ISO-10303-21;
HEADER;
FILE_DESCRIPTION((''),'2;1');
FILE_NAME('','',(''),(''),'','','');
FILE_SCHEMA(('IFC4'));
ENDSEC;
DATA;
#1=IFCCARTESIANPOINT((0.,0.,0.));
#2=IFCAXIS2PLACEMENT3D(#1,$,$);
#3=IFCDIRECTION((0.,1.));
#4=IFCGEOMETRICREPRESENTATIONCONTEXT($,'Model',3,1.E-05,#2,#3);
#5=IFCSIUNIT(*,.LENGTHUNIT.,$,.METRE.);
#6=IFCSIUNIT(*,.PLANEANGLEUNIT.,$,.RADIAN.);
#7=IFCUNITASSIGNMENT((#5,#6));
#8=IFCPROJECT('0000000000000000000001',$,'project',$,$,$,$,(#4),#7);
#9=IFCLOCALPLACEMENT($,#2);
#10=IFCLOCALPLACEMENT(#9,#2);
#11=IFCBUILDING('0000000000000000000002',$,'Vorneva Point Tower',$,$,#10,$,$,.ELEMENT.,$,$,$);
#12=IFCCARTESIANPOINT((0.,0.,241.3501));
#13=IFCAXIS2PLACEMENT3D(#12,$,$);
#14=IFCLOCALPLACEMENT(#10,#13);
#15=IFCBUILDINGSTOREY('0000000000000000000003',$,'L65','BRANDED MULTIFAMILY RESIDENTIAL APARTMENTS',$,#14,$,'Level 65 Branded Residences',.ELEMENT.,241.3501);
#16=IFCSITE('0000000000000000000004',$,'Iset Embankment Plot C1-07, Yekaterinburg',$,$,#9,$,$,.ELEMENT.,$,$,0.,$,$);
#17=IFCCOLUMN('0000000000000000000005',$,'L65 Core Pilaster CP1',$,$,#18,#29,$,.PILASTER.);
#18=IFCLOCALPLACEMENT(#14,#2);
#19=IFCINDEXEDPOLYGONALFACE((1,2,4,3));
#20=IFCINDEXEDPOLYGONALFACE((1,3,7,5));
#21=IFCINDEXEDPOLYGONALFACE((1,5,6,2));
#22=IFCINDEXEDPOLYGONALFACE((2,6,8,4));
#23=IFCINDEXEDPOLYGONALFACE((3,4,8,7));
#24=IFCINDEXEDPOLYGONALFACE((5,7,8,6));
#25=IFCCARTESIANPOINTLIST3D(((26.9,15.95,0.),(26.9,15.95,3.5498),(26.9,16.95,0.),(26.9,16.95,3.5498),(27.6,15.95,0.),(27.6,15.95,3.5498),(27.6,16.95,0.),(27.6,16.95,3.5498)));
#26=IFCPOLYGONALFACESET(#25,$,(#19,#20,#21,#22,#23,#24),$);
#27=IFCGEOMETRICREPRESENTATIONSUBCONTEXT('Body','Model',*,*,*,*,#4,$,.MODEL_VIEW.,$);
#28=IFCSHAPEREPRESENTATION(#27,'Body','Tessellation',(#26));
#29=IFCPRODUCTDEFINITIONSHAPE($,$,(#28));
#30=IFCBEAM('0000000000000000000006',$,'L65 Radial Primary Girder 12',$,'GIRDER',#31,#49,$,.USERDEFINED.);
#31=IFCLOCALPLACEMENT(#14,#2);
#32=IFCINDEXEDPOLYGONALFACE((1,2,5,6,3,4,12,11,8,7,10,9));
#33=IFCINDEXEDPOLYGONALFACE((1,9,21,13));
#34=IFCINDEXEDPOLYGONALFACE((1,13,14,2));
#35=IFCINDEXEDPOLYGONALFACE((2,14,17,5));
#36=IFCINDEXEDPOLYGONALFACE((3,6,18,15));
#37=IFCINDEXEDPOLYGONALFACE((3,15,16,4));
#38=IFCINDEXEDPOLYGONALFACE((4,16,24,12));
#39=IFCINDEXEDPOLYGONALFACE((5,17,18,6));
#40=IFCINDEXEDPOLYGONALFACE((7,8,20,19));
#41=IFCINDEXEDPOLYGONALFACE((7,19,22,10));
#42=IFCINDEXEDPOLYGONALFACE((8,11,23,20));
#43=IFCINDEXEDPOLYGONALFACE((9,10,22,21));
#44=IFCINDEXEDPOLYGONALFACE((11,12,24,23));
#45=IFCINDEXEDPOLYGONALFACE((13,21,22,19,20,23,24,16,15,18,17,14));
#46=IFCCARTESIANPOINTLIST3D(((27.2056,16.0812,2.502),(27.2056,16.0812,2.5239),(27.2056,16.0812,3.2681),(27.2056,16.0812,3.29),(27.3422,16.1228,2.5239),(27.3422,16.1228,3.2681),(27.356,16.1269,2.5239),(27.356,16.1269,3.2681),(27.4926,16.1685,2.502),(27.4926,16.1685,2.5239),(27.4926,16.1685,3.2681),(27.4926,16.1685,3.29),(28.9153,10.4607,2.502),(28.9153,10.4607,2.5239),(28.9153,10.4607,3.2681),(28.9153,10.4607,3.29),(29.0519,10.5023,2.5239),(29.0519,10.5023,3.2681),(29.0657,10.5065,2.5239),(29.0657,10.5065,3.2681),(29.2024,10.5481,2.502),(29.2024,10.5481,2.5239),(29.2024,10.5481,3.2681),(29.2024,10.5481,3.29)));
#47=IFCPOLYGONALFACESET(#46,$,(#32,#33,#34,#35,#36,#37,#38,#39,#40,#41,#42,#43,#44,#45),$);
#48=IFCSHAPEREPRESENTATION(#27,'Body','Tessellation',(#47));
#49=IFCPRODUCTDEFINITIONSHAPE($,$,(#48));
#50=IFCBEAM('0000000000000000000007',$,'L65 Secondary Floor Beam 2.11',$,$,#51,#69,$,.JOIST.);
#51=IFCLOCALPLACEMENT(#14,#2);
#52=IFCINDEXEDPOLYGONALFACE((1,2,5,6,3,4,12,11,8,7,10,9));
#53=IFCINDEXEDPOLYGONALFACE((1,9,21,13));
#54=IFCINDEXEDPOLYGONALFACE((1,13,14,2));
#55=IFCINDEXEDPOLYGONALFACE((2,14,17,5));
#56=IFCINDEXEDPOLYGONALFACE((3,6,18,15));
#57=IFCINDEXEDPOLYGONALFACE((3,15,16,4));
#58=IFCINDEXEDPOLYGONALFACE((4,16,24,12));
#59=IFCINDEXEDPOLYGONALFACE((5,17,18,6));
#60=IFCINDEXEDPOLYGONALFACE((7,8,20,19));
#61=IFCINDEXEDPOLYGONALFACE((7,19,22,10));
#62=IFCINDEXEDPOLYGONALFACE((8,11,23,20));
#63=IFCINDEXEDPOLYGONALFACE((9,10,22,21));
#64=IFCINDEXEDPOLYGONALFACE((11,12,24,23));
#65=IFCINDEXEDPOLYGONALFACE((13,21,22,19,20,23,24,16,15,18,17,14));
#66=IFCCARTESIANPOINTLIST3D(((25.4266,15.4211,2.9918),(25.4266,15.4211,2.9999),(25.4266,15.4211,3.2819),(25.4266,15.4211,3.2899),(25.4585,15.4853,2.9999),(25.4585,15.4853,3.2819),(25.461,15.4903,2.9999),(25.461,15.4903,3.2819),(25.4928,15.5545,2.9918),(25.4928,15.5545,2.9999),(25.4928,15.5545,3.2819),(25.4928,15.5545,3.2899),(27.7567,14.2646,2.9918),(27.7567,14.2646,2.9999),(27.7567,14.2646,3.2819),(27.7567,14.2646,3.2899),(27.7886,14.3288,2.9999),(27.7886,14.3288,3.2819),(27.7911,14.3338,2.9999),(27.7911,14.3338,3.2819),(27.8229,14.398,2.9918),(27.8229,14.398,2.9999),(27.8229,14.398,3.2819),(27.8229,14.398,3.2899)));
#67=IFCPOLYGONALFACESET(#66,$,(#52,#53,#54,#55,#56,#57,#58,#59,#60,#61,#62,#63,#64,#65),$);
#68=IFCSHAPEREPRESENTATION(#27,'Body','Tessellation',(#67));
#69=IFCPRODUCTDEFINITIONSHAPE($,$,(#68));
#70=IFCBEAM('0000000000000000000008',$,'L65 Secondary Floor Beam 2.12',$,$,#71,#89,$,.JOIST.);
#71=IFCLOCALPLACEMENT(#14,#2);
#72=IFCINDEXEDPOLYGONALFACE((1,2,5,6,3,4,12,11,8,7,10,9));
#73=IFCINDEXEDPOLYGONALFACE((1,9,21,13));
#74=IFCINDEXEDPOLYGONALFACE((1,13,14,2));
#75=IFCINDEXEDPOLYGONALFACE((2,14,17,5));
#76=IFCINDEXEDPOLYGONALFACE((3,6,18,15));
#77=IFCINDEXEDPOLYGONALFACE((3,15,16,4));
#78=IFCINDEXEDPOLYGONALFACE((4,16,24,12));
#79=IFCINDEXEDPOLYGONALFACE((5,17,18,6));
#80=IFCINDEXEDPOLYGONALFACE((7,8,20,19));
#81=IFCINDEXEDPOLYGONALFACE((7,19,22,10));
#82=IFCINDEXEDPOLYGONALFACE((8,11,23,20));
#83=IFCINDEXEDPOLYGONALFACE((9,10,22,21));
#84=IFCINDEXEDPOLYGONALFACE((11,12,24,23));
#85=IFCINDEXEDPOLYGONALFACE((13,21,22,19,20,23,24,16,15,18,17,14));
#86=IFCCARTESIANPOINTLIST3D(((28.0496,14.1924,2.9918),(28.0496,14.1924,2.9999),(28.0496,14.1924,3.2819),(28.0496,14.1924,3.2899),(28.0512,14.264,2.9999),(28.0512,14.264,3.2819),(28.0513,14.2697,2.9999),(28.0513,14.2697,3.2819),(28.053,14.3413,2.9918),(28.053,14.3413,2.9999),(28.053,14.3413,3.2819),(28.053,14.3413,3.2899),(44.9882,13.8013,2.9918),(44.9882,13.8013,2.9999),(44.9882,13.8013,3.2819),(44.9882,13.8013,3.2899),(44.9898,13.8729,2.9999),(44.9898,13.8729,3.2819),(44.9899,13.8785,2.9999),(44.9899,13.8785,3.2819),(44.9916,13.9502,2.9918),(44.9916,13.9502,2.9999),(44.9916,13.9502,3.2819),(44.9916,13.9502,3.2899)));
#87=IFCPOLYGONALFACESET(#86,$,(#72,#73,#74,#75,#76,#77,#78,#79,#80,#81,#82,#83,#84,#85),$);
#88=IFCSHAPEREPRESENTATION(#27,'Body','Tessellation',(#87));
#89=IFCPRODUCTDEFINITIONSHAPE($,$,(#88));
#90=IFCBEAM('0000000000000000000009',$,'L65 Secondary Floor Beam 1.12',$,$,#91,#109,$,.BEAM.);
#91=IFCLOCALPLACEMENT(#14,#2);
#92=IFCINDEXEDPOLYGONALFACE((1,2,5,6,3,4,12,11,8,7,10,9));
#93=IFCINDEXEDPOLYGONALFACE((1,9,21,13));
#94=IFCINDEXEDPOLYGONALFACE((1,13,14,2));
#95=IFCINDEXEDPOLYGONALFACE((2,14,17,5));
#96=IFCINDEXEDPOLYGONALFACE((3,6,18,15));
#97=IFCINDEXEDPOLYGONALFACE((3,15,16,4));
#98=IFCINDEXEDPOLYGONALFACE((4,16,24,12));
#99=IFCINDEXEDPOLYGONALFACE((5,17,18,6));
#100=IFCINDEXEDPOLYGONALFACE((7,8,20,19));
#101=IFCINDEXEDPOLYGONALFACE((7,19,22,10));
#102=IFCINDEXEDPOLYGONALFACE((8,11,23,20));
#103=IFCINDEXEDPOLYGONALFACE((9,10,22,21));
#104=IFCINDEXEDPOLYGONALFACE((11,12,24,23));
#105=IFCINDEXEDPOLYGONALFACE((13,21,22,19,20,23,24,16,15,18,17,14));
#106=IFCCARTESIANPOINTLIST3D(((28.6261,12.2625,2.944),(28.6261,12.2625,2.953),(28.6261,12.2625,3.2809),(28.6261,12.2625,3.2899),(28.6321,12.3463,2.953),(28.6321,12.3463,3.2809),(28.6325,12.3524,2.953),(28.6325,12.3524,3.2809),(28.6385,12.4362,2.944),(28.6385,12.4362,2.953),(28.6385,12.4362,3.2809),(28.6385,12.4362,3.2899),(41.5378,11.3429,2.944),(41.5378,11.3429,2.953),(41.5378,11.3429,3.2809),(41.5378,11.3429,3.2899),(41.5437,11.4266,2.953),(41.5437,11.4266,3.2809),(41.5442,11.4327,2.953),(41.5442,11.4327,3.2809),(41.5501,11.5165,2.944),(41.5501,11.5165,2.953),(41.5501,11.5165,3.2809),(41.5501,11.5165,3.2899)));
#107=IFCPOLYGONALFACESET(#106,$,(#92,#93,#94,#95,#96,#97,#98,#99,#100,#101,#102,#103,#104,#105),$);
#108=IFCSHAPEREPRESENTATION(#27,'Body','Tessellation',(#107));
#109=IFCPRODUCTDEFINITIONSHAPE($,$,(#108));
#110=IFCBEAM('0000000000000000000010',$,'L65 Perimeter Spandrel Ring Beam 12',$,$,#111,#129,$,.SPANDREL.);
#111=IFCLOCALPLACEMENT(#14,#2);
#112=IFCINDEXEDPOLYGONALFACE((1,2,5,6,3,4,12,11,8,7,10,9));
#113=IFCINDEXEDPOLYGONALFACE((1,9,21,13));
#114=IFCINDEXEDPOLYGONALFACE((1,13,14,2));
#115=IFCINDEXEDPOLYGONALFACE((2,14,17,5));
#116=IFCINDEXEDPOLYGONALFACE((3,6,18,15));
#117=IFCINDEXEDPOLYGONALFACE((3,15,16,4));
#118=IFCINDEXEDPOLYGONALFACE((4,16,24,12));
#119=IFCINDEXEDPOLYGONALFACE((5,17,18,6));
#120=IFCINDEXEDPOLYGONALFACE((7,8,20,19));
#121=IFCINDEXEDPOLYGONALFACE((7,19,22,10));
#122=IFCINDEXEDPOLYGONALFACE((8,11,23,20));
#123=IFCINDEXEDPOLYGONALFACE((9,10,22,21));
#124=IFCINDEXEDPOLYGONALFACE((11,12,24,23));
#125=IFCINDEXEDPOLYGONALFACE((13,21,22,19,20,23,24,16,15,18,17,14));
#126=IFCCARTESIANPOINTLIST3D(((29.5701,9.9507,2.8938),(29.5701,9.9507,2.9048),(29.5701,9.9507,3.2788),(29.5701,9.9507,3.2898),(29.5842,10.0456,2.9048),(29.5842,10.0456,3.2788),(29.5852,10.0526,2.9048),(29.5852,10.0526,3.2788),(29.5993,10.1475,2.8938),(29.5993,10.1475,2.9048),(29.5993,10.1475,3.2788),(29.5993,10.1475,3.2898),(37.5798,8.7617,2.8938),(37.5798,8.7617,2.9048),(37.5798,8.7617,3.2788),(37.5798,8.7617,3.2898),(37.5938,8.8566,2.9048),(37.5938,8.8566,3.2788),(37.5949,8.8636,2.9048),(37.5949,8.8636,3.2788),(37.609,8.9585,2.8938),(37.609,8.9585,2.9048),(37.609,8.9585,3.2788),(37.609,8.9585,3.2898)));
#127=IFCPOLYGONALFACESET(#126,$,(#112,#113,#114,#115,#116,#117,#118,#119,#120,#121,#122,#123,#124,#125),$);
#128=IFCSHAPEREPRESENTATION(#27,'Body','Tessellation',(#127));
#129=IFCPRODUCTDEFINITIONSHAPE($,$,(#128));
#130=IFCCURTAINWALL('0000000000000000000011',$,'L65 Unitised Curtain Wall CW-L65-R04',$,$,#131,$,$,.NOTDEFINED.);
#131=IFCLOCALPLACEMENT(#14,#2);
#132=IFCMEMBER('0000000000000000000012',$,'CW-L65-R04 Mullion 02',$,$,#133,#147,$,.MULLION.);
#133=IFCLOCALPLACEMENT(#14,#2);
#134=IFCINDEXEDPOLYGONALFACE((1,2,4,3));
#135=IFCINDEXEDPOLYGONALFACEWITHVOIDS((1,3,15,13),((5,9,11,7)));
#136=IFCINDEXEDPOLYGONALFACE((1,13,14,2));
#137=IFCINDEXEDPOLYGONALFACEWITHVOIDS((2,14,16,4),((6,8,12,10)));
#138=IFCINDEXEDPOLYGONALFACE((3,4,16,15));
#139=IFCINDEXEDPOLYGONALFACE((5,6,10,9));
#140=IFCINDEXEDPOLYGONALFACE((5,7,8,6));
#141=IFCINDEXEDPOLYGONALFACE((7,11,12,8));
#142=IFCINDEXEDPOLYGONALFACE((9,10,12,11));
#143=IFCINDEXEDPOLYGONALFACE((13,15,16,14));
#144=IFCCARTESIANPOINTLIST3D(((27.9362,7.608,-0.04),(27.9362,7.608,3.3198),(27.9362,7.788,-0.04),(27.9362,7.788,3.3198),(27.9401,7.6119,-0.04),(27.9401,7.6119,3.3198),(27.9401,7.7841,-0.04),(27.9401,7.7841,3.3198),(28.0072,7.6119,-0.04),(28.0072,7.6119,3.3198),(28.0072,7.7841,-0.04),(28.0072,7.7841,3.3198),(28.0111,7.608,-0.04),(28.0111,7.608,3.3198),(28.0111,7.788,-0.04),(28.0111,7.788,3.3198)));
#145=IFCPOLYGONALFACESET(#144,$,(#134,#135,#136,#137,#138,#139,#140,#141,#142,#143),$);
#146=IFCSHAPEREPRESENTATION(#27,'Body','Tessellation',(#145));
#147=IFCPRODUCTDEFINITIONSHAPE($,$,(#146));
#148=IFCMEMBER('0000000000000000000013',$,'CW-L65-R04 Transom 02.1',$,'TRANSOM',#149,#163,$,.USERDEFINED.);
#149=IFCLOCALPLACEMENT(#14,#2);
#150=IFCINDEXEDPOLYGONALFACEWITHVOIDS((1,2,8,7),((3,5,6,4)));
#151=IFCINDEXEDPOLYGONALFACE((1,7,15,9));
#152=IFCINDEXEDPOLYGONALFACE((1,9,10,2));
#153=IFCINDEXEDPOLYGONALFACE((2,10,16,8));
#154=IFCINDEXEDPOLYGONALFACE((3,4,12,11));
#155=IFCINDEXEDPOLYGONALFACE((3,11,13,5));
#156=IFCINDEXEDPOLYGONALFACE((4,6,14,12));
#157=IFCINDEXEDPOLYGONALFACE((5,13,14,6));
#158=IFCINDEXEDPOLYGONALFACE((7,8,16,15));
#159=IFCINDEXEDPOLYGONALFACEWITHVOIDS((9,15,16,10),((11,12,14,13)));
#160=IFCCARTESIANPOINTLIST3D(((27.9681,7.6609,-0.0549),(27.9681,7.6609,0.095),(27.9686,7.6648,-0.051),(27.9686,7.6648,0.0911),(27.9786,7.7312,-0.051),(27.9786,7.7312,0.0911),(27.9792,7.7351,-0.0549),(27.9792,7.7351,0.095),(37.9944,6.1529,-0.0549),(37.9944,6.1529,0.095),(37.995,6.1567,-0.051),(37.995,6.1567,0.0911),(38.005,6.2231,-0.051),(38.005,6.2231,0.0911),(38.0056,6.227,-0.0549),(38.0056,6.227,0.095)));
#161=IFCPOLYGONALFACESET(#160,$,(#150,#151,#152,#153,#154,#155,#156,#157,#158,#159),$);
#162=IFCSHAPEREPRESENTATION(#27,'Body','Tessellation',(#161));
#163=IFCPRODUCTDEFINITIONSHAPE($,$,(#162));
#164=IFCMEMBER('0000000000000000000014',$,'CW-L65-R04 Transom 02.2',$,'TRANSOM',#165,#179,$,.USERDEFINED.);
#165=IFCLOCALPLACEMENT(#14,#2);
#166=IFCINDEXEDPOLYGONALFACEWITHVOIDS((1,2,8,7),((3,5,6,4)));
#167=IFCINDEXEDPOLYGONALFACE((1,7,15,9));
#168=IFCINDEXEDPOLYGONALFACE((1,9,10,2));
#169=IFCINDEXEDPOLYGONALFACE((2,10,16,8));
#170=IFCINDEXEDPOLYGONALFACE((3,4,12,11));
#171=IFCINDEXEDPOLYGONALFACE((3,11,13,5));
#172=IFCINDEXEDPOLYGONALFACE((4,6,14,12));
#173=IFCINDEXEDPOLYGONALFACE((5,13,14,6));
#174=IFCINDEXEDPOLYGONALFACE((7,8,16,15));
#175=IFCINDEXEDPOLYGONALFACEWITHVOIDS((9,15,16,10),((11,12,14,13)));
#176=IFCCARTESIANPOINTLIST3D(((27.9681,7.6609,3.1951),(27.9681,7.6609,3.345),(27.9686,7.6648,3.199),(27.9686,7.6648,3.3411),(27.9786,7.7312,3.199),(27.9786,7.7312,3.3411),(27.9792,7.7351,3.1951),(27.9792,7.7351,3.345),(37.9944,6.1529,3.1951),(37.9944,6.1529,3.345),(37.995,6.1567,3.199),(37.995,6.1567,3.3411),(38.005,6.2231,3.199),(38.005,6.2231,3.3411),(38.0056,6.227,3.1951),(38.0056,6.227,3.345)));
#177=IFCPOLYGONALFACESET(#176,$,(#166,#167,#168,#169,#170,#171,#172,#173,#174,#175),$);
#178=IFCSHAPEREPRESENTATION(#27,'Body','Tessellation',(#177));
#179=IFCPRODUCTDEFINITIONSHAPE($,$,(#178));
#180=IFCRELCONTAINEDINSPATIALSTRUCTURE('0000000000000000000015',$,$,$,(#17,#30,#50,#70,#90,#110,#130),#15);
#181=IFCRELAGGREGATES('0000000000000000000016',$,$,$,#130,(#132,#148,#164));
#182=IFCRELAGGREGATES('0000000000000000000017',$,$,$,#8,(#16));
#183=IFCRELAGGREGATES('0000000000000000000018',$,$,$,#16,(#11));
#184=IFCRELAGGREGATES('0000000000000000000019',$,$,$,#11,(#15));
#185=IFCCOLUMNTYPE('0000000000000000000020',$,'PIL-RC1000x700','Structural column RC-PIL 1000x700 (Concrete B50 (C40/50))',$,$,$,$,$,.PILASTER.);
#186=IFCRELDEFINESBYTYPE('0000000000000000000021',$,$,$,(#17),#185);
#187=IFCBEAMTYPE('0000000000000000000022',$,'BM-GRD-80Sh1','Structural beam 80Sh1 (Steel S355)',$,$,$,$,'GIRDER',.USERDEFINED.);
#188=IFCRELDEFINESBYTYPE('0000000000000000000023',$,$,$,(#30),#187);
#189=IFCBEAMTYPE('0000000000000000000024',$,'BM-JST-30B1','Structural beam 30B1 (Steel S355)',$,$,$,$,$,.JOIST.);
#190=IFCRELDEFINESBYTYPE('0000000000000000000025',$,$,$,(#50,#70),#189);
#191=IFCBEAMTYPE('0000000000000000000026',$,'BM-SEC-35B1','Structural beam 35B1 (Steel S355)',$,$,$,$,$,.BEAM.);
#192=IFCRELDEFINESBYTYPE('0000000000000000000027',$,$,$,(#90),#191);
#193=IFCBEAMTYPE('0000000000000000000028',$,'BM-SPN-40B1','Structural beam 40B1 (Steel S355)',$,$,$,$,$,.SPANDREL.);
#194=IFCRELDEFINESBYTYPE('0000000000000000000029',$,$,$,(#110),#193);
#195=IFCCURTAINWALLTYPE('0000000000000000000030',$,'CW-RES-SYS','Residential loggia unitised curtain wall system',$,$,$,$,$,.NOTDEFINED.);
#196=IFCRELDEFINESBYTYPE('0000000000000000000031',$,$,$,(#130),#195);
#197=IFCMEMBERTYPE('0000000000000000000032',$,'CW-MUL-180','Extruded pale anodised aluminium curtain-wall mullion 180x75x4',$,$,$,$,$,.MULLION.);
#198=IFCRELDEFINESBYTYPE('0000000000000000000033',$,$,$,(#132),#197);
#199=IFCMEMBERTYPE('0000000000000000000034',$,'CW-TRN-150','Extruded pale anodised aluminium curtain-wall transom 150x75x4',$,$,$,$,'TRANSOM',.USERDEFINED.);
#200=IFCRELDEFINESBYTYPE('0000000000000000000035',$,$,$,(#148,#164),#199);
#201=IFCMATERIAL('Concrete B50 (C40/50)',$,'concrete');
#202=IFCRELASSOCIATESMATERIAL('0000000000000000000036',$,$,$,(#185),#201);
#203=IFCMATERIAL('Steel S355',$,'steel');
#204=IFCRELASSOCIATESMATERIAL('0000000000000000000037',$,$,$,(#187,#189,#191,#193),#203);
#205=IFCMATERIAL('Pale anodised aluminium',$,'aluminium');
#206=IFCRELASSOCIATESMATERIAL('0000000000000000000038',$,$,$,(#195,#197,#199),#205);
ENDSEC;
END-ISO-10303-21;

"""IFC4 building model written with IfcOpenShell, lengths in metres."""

from ifc_helpers import new_model, si_unit, direction, frame, origin, origin_2d, place, context, subcontext, project, spatial, rectangle, hollow_rectangle, i_section, extrude, material, material_profile, profile_set, type_object, element, aggregate, save


model = new_model("IFC4")

# Units and contexts
model_context = context("Model", 3, precision=1e-05, world=origin(), true_north=direction((0.0, 1.0)))
body_context = subcontext(model_context, "Body", "Model", "MODEL_VIEW")
ifc_project = project(units=[si_unit("LENGTHUNIT", "METRE"), si_unit("PLANEANGLEUNIT", "RADIAN")], contexts=[model_context])

# Site, building, storey
site_placement = place(None, origin())
site = spatial("IfcSite", under=ifc_project, at=site_placement, Name="Iset Embankment Plot C1-07, Yekaterinburg", CompositionType="ELEMENT", RefElevation=0.0)
building_placement = place(site_placement, origin())
building = spatial("IfcBuilding", under=site, at=building_placement, Name="Vorneva Point Tower", CompositionType="ELEMENT")
storey_placement = place(building_placement, frame((0.0, 0.0, 241.3501)))
storey = spatial("IfcBuildingStorey", under=building, at=storey_placement, Name="L65", Description="BRANDED MULTIFAMILY RESIDENTIAL APARTMENTS", LongName="Level 65 Branded Residences", CompositionType="ELEMENT", Elevation=241.3501)

# Column
ifc_material_1 = material(Name="Concrete B50 (C40/50)", Category="concrete")
ifc_material_profile_1 = material_profile(ifc_material_1, rectangle(XDim=0.7, YDim=1.0, at=origin_2d()), Name="RC-PIL 1000x700")
ifc_profile_set_1 = profile_set([ifc_material_profile_1], Name="Concrete B50 (C40/50)")
column_type_1 = type_object("IfcColumnType", Name="PIL-RC1000x700", Description="Structural column RC-PIL 1000x700 (Concrete B50 (C40/50))", PredefinedType="PILASTER", material=ifc_profile_set_1)
column_1_placement = place(storey_placement, frame((27.25, 16.45, 0.0), z_axis=(0.0, 0.0, 1.0), x_axis=(1.0, 0.0, 0.0)))
element("IfcColumn", 1, at=column_1_placement, inside=storey, type_object=column_type_1, Name="L65 Core Pilaster CP1", PredefinedType="PILASTER", context=body_context, shape_type="SweptSolid", body=[
    extrude(rectangle(XDim=0.7, YDim=1.0, at=origin_2d()), origin(), (0.0, 0.0, 1.0), 3.5498),
])

# Beams
ifc_material_2 = material(Name="Steel S355", Category="steel")
ifc_material_profile_2 = material_profile(ifc_material_2, i_section(OverallWidth=0.3, OverallDepth=0.7881, WebThickness=0.0144, FlangeThickness=0.022, at=origin_2d()), Name="80Sh1")
ifc_profile_set_2 = profile_set([ifc_material_profile_2], Name="Steel S355")
beam_type_1 = type_object("IfcBeamType", Name="BM-GRD-80Sh1", Description="Structural beam 80Sh1 (Steel S355)", ElementType="GIRDER", PredefinedType="USERDEFINED", material=ifc_profile_set_2)
beam_1_placement = place(storey_placement, frame((29.0588, 10.5044, 2.896), z_axis=(-0.291033, 0.956713, 0.0), x_axis=(-0.956713, -0.291033, 0.0)))
element("IfcBeam", 2, at=beam_1_placement, inside=storey, type_object=beam_type_1, Name="L65 Radial Primary Girder 12", ObjectType="GIRDER", PredefinedType="USERDEFINED", context=body_context, shape_type="SweptSolid", body=[
    extrude(i_section(OverallWidth=0.3, OverallDepth=0.7881, WebThickness=0.0144, FlangeThickness=0.022, at=origin_2d()), origin(), (0.0, 0.0, 1.0), 5.8748),
])
ifc_material_profile_3 = material_profile(ifc_material_2, i_section(OverallWidth=0.1489, OverallDepth=0.2981, WebThickness=0.0056, FlangeThickness=0.0081, at=origin_2d()), Name="30B1")
ifc_profile_set_3 = profile_set([ifc_material_profile_3], Name="Steel S355")
beam_type_2 = type_object("IfcBeamType", Name="BM-JST-30B1", Description="Structural beam 30B1 (Steel S355)", PredefinedType="JOIST", material=ifc_profile_set_3)
beam_2_placement = place(storey_placement, frame((25.4597, 15.4878, 3.1409), z_axis=(0.895737, -0.444584, 0.0), x_axis=(0.444584, 0.895737, 0.0)))
element("IfcBeam", 3, at=beam_2_placement, inside=storey, type_object=beam_type_2, Name="L65 Secondary Floor Beam 2.11", PredefinedType="JOIST", context=body_context, shape_type="SweptSolid", body=[
    extrude(i_section(OverallWidth=0.1489, OverallDepth=0.2981, WebThickness=0.0056, FlangeThickness=0.0081, at=origin_2d()), origin(), (0.0, 0.0, 1.0), 2.6013),
])
beam_3_placement = place(storey_placement, frame((28.0513, 14.2668, 3.1409), z_axis=(0.999734, -0.023084, 0.0), x_axis=(0.023084, 0.999734, 0.0)))
element("IfcBeam", 4, at=beam_3_placement, inside=storey, type_object=beam_type_2, Name="L65 Secondary Floor Beam 2.12", PredefinedType="JOIST", context=body_context, shape_type="SweptSolid", body=[
    extrude(i_section(OverallWidth=0.1489, OverallDepth=0.2981, WebThickness=0.0056, FlangeThickness=0.0081, at=origin_2d()), origin(), (0.0, 0.0, 1.0), 16.9431),
])
ifc_material_profile_4 = material_profile(ifc_material_2, i_section(OverallWidth=0.1741, OverallDepth=0.3459, WebThickness=0.0061, FlangeThickness=0.009, at=origin_2d()), Name="35B1")
ifc_profile_set_4 = profile_set([ifc_material_profile_4], Name="Steel S355")
beam_type_3 = type_object("IfcBeamType", Name="BM-SEC-35B1", Description="Structural beam 35B1 (Steel S355)", PredefinedType="BEAM", material=ifc_profile_set_4)
beam_4_placement = place(storey_placement, frame((28.6323, 12.3494, 3.1169), z_axis=(0.997473, -0.071049, 0.0), x_axis=(0.071049, 0.997473, 0.0)))
element("IfcBeam", 5, at=beam_4_placement, inside=storey, type_object=beam_type_3, Name="L65 Secondary Floor Beam 1.12", PredefinedType="BEAM", context=body_context, shape_type="SweptSolid", body=[
    extrude(i_section(OverallWidth=0.1741, OverallDepth=0.3459, WebThickness=0.0061, FlangeThickness=0.009, at=origin_2d()), origin(), (0.0, 0.0, 1.0), 12.9443),
])
ifc_material_profile_5 = material_profile(ifc_material_2, i_section(OverallWidth=0.199, OverallDepth=0.396, WebThickness=0.0071, FlangeThickness=0.011, at=origin_2d()), Name="40B1")
ifc_profile_set_5 = profile_set([ifc_material_profile_5], Name="Steel S355")
beam_type_4 = type_object("IfcBeamType", Name="BM-SPN-40B1", Description="Structural beam 40B1 (Steel S355)", PredefinedType="SPANDREL", material=ifc_profile_set_5)
beam_5_placement = place(storey_placement, frame((29.5847, 10.0491, 3.0918), z_axis=(0.989162, -0.146831, 0.0), x_axis=(0.146831, 0.989162, 0.0)))
element("IfcBeam", 6, at=beam_5_placement, inside=storey, type_object=beam_type_4, Name="L65 Perimeter Spandrel Ring Beam 12", PredefinedType="SPANDREL", context=body_context, shape_type="SweptSolid", body=[
    extrude(i_section(OverallWidth=0.199, OverallDepth=0.396, WebThickness=0.0071, FlangeThickness=0.011, at=origin_2d()), origin(), (0.0, 0.0, 1.0), 8.0974),
])

# Curtain wall, members
ifc_material_3 = material(Name="Pale anodised aluminium", Category="aluminium")
curtain_wall_type = type_object("IfcCurtainWallType", Name="CW-RES-SYS", Description="Residential loggia unitised curtain wall system", PredefinedType="NOTDEFINED", material=ifc_material_3)
curtain_wall_placement = place(storey_placement, origin())
curtain_wall = element("IfcCurtainWall", 7, at=curtain_wall_placement, inside=storey, type_object=curtain_wall_type, Name="L65 Unitised Curtain Wall CW-L65-R04", PredefinedType="NOTDEFINED")
ifc_material_profile_6 = material_profile(ifc_material_3, hollow_rectangle(XDim=0.075, YDim=0.1799, WallThickness=0.0039, at=origin_2d()), Name="AL-MUL 180x75x4")
ifc_profile_set_6 = profile_set([ifc_material_profile_6], Name="Pale anodised aluminium")
member_type_1 = type_object("IfcMemberType", Name="CW-MUL-180", Description="Extruded pale anodised aluminium curtain-wall mullion 180x75x4", PredefinedType="MULLION", material=ifc_profile_set_6)
member_1_placement = place(storey_placement, frame((27.9736, 7.698, -0.04), z_axis=(0.0, 0.0, 1.0), x_axis=(1.0, 0.0, 0.0)))
member_1 = element("IfcMember", 8, at=member_1_placement, type_object=member_type_1, Name="CW-L65-R04 Mullion 02", PredefinedType="MULLION", context=body_context, shape_type="SweptSolid", body=[
    extrude(hollow_rectangle(XDim=0.075, YDim=0.1799, WallThickness=0.0039, at=origin_2d()), origin(), (0.0, 0.0, 1.0), 3.3599),
])
ifc_material_profile_7 = material_profile(ifc_material_3, hollow_rectangle(XDim=0.075, YDim=0.1499, WallThickness=0.0039, at=origin_2d()), Name="AL-TRN 150x75x4")
ifc_profile_set_7 = profile_set([ifc_material_profile_7], Name="Pale anodised aluminium")
member_type_2 = type_object("IfcMemberType", Name="CW-TRN-150", Description="Extruded pale anodised aluminium curtain-wall transom 150x75x4", ElementType="TRANSOM", PredefinedType="USERDEFINED", material=ifc_profile_set_7)
member_2_placement = place(storey_placement, frame((27.9736, 7.698, 0.02), z_axis=(0.988877, -0.148736, 0.0), x_axis=(0.148736, 0.988877, 0.0)))
member_2 = element("IfcMember", 9, at=member_2_placement, type_object=member_type_2, Name="CW-L65-R04 Transom 02.1", ObjectType="TRANSOM", PredefinedType="USERDEFINED", context=body_context, shape_type="SweptSolid", body=[
    extrude(hollow_rectangle(XDim=0.075, YDim=0.1499, WallThickness=0.0039, at=origin_2d()), origin(), (0.0, 0.0, 1.0), 10.1392),
])
member_3_placement = place(storey_placement, frame((27.9736, 7.698, 3.27), z_axis=(0.988877, -0.148736, 0.0), x_axis=(0.148736, 0.988877, 0.0)))
member_3 = element("IfcMember", 10, at=member_3_placement, type_object=member_type_2, Name="CW-L65-R04 Transom 02.2", ObjectType="TRANSOM", PredefinedType="USERDEFINED", context=body_context, shape_type="SweptSolid", body=[
    extrude(hollow_rectangle(XDim=0.075, YDim=0.1499, WallThickness=0.0039, at=origin_2d()), origin(), (0.0, 0.0, 1.0), 10.1392),
])
aggregate(curtain_wall, [member_1, member_2, member_3])

save(model, "model.ifc")
